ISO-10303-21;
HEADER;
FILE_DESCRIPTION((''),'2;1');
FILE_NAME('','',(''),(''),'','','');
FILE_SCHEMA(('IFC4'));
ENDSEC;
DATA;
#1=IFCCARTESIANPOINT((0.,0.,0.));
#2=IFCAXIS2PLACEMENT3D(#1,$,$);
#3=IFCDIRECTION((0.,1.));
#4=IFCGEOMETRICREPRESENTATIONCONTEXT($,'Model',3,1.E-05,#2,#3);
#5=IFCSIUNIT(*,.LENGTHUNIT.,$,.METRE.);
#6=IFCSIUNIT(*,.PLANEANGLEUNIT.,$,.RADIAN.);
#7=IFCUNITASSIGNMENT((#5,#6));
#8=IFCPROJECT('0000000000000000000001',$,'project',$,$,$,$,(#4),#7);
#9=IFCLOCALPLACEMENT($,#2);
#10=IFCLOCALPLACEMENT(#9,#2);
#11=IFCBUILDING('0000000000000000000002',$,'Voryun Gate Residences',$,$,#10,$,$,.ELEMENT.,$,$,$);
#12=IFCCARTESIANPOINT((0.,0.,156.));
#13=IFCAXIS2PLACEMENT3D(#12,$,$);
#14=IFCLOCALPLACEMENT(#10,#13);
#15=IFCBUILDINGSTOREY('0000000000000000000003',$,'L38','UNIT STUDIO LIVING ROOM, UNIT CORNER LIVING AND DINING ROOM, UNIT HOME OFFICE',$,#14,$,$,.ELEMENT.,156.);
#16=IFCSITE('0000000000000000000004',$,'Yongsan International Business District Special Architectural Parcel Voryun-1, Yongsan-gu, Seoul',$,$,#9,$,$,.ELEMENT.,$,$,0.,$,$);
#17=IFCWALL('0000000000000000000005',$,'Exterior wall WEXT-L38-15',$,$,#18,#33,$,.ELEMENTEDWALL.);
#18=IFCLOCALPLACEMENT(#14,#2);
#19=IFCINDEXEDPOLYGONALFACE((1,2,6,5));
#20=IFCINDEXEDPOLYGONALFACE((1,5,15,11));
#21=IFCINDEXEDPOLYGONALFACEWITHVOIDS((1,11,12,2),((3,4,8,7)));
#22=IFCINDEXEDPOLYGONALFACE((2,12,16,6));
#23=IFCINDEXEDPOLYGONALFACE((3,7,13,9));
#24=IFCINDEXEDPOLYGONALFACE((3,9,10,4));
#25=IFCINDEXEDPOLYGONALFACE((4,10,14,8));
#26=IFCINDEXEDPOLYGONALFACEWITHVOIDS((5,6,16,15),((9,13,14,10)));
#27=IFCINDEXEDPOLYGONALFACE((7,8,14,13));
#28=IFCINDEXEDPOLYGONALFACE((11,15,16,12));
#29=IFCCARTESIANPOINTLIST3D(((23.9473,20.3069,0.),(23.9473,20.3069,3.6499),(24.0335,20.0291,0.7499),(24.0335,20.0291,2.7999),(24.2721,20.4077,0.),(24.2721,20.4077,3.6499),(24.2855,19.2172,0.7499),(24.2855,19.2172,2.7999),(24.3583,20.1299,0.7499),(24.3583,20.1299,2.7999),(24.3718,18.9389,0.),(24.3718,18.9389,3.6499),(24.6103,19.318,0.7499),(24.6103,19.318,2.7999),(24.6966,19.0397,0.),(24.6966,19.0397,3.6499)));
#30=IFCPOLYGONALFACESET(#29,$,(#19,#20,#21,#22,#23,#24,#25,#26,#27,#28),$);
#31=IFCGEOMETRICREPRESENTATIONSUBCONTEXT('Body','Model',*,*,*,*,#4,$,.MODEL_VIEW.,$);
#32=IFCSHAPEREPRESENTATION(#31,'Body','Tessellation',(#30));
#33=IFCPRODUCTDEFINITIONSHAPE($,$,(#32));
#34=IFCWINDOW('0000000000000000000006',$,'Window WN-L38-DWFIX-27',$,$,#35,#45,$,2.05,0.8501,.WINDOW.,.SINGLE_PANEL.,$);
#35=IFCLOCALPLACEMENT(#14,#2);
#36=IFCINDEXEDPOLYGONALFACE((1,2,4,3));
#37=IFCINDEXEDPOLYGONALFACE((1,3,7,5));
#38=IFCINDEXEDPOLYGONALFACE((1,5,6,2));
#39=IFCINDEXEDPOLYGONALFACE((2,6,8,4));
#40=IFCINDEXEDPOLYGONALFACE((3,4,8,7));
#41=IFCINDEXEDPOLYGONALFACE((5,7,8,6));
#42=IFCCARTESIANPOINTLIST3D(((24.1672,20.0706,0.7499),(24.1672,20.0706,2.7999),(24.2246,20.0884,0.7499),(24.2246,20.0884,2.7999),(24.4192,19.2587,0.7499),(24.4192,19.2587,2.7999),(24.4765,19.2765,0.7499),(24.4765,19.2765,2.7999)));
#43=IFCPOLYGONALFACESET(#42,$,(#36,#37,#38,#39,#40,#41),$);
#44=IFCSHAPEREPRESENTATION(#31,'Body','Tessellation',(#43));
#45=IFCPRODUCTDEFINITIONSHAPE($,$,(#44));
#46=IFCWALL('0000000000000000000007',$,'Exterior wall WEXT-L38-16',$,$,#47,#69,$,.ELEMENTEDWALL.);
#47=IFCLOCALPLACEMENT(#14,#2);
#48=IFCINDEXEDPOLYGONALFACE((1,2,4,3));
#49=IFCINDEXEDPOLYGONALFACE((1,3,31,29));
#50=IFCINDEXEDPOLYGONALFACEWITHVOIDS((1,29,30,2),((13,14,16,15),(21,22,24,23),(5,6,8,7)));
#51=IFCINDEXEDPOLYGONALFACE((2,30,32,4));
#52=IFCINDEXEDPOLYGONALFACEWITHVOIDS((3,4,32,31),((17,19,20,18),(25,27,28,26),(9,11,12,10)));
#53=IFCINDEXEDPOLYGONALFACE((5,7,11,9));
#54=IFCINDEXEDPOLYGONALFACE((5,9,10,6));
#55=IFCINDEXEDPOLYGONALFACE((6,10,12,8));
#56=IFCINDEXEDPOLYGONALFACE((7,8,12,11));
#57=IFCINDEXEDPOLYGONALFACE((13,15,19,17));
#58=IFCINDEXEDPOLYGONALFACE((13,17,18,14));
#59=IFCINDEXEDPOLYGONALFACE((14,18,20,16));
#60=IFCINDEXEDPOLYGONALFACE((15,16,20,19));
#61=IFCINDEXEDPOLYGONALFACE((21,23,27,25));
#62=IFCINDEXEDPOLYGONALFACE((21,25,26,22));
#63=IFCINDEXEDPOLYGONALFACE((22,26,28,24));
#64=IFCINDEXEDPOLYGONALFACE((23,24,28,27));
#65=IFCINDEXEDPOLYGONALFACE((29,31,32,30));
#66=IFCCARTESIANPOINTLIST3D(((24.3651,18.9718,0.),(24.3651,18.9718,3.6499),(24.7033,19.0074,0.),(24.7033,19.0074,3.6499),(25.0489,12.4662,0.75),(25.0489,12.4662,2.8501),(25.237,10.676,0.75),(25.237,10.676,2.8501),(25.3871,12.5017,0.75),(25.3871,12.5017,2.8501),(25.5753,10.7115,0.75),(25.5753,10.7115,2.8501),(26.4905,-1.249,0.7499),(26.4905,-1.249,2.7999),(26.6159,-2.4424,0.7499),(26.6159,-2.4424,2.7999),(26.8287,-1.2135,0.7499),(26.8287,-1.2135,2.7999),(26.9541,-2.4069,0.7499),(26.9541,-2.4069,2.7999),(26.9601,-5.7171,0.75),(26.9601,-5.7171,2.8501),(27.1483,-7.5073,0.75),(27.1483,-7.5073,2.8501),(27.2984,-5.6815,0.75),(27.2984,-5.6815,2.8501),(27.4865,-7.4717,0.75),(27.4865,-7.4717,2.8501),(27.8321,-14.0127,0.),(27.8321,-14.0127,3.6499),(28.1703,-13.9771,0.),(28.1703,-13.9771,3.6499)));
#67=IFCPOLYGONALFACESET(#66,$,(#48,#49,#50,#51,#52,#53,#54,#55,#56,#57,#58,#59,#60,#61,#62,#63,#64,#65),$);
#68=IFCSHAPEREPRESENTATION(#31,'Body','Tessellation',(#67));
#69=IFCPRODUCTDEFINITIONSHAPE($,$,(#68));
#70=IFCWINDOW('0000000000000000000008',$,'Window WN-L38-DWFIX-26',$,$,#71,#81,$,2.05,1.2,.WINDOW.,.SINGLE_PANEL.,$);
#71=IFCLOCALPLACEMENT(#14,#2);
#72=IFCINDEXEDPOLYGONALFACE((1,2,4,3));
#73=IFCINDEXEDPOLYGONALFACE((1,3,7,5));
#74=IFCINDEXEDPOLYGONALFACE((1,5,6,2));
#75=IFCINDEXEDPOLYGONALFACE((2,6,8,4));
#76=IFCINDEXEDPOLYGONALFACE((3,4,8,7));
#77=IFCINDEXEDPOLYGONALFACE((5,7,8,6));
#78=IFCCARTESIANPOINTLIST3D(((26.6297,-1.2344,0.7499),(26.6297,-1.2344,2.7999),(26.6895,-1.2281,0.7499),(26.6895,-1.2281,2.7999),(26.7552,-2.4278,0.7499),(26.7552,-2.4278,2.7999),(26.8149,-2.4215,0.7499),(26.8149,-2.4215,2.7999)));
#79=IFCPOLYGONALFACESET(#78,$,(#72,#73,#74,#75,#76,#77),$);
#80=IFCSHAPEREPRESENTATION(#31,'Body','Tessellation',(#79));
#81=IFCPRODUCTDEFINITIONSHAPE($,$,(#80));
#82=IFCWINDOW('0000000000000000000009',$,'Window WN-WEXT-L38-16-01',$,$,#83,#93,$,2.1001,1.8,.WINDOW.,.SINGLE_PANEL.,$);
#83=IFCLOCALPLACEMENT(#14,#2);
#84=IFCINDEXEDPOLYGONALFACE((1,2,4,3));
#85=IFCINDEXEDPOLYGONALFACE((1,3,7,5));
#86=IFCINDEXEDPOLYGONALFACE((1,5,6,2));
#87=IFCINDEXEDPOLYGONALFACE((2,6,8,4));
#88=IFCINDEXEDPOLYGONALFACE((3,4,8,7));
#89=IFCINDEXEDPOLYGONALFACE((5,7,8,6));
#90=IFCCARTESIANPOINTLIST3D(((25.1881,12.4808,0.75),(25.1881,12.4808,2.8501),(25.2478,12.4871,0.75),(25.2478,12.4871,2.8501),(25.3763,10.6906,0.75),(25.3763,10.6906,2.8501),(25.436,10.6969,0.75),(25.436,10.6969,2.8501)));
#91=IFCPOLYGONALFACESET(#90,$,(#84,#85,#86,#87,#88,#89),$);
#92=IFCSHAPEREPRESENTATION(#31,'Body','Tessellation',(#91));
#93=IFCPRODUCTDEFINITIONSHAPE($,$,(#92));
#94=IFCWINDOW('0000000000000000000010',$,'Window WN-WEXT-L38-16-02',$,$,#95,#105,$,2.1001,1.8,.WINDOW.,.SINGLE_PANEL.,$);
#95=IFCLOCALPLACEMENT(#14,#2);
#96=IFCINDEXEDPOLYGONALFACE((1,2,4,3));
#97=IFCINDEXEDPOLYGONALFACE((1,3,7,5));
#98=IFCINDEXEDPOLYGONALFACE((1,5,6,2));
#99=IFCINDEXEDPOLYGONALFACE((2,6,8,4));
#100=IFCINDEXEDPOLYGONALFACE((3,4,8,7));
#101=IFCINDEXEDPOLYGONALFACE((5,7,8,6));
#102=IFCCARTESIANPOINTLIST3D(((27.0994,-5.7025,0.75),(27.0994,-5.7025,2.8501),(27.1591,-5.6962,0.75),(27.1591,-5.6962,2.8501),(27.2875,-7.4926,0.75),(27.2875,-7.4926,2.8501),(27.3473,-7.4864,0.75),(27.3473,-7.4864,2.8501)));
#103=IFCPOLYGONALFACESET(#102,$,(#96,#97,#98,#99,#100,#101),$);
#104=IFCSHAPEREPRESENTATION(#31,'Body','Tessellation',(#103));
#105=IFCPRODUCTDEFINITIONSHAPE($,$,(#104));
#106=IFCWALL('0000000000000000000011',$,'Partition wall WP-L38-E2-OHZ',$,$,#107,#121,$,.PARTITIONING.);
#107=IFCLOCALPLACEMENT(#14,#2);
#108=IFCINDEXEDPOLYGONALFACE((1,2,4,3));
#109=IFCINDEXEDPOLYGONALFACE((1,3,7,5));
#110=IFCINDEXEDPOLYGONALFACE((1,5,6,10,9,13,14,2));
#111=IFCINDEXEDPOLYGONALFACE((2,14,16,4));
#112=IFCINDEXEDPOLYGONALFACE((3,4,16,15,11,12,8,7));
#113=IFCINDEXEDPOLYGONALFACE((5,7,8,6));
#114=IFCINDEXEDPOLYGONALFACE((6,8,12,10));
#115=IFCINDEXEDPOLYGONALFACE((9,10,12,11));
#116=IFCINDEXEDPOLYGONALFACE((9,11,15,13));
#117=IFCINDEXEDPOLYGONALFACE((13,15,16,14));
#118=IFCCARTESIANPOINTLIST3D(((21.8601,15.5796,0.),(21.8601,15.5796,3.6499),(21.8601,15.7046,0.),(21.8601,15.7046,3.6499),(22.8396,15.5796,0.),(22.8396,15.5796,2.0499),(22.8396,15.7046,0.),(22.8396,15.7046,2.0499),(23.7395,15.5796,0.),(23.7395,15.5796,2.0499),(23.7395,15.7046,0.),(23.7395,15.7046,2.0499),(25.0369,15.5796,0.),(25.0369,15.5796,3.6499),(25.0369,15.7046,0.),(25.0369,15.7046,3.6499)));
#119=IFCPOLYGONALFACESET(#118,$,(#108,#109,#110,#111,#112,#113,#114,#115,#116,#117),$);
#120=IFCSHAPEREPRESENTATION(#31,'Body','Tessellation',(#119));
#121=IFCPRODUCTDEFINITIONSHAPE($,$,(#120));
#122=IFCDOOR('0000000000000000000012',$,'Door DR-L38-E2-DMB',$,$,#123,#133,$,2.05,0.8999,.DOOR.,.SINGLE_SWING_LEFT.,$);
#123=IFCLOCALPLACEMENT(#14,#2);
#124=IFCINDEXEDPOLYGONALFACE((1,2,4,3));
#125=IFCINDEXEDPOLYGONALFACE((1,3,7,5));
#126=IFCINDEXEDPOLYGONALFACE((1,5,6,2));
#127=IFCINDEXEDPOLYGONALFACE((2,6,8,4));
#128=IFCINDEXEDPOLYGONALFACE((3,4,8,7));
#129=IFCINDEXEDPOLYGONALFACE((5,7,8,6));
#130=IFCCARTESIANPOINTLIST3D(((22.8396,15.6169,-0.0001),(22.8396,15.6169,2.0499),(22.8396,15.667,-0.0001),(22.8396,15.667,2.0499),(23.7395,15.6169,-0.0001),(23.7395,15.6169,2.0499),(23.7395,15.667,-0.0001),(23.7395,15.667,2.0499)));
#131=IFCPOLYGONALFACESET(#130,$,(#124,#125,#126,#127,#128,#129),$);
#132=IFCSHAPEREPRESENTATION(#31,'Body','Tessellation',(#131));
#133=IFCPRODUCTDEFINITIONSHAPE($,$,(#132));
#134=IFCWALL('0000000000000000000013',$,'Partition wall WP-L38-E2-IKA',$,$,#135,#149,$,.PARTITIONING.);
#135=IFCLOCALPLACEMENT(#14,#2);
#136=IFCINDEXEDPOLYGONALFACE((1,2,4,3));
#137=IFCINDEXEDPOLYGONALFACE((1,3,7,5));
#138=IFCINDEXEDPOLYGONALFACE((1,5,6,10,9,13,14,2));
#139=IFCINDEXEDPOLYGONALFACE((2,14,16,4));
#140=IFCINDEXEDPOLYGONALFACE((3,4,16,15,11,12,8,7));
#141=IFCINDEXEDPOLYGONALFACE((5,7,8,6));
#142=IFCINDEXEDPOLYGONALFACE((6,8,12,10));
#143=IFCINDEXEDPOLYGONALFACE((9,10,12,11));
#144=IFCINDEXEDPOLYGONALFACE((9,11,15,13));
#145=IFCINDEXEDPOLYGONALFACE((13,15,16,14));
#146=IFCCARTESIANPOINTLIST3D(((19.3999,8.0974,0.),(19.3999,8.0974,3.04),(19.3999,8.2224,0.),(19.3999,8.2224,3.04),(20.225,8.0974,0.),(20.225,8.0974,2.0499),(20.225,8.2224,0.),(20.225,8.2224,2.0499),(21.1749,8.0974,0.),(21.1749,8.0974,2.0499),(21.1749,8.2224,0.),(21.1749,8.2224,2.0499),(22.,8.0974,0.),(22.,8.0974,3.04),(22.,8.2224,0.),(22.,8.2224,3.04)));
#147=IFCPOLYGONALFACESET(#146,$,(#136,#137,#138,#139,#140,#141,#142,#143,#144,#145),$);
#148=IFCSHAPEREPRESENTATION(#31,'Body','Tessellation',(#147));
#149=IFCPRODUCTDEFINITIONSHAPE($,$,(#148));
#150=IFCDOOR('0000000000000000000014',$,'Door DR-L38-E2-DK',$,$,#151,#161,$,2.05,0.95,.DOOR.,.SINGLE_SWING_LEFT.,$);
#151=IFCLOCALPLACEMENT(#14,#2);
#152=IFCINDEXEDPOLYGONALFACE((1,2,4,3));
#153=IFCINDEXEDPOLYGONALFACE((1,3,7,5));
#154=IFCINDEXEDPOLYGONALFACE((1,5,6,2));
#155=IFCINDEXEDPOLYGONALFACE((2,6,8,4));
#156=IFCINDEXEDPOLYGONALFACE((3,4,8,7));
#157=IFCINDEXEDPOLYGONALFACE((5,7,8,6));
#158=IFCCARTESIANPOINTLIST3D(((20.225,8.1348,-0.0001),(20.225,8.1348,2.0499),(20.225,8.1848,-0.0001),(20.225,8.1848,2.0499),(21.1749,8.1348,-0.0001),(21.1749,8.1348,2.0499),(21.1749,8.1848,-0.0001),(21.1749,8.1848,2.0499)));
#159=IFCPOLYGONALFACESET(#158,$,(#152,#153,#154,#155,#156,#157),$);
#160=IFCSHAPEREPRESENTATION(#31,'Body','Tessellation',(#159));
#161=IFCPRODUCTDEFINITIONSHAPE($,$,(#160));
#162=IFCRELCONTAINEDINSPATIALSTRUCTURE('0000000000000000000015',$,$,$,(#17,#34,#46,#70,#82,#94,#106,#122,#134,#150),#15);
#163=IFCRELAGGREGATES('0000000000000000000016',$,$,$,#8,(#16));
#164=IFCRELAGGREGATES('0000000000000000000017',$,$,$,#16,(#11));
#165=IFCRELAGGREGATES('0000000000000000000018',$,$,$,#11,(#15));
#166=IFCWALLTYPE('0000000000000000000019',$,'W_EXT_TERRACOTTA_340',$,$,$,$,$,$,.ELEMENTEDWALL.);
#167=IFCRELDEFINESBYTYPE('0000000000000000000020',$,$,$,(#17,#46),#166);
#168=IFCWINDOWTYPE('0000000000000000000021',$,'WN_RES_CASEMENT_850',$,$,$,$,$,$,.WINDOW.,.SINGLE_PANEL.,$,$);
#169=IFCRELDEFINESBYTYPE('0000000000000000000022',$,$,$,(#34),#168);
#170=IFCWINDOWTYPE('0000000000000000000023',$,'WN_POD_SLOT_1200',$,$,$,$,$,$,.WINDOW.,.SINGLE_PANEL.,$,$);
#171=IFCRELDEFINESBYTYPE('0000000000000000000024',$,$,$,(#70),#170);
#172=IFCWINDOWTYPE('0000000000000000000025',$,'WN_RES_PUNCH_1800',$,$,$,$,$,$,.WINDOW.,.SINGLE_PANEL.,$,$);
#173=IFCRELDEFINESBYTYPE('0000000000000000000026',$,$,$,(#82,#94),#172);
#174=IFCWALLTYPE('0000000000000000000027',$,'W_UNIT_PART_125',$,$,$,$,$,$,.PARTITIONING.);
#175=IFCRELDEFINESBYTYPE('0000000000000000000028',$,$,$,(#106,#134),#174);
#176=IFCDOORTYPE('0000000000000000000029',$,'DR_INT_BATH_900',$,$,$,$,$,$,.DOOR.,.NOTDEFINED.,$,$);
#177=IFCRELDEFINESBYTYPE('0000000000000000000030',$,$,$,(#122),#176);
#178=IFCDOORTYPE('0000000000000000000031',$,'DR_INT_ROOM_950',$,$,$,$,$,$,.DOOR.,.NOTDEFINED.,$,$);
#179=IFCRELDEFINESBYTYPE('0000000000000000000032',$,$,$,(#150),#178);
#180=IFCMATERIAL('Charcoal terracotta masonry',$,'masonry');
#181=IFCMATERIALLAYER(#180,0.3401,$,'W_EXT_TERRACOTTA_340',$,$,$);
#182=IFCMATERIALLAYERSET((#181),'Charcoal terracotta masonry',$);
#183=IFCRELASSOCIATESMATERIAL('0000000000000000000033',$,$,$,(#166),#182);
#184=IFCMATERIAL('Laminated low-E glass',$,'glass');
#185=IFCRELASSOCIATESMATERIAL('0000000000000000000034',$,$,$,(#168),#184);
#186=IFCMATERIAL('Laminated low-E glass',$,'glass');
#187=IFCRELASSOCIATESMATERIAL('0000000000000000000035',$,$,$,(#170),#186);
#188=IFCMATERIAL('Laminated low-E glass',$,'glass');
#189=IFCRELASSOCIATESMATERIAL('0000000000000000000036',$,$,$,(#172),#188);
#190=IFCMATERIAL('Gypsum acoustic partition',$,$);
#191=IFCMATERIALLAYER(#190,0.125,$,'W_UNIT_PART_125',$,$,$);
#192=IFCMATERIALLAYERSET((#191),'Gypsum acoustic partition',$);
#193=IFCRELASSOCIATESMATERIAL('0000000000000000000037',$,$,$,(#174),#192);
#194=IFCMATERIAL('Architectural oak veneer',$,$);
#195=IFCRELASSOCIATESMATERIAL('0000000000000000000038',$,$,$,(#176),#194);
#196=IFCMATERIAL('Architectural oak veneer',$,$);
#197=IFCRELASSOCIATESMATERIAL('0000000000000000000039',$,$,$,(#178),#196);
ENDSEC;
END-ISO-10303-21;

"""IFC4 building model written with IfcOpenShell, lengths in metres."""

from ifc_helpers import new_model, si_unit, direction, frame, frame_2d, origin, place, context, subcontext, project, spatial, rectangle, extrude, material, layer, layer_set, type_object, element, fill, save


model = new_model("IFC4")

# Units and contexts
model_context = context("Model", 3, precision=1e-05, world=origin(), true_north=direction((0.0, 1.0)))
body_context = subcontext(model_context, "Body", "Model", "MODEL_VIEW")
ifc_project = project(units=[si_unit("LENGTHUNIT", "METRE"), si_unit("PLANEANGLEUNIT", "RADIAN")], contexts=[model_context])

# Site, building, storey
site_placement = place(None, origin())
site = spatial("IfcSite", under=ifc_project, at=site_placement, Name="Yongsan International Business District Special Architectural Parcel Voryun-1, Yongsan-gu, Seoul", CompositionType="ELEMENT", RefElevation=0.0)
building_placement = place(site_placement, origin())
building = spatial("IfcBuilding", under=site, at=building_placement, Name="Voryun Gate Residences", CompositionType="ELEMENT")
storey_placement = place(building_placement, frame((0.0, 0.0, 156.0)))
storey = spatial("IfcBuildingStorey", under=building, at=storey_placement, Name="L38", Description="UNIT STUDIO LIVING ROOM, UNIT CORNER LIVING AND DINING ROOM, UNIT HOME OFFICE", CompositionType="ELEMENT", Elevation=156.0)

# Shared definitions
ifc_material_1 = material(Name="Charcoal terracotta masonry", Category="masonry")
ifc_layer_1 = layer(ifc_material_1, 0.3401, Name="W_EXT_TERRACOTTA_340")
ifc_layer_set_1 = layer_set([ifc_layer_1], Name="Charcoal terracotta masonry")
wall_type_1 = type_object("IfcWallType", Name="W_EXT_TERRACOTTA_340", PredefinedType="ELEMENTEDWALL", material=ifc_layer_set_1)

# Wall, opening, window
wall_1_placement = place(storey_placement, frame((24.1096, 20.3574, 0.0), z_axis=(0.0, 0.0, 1.0), x_axis=(0.296421, -0.955057, 0.0)))
wall_1 = element("IfcWall", 1, at=wall_1_placement, inside=storey, type_object=wall_type_1, Name="Exterior wall WEXT-L38-15", PredefinedType="ELEMENTEDWALL", context=body_context, shape_type="SweptSolid", body=[
    extrude(rectangle(XDim=1.4324, YDim=0.3401, at=frame_2d((0.7163, 0.0))), origin(), (0.0, 0.0, 1.0), 3.6499),
])
opening_1_placement = place(wall_1_placement, frame((0.291, 0.0, 0.75)))
opening_1 = element("IfcOpeningElement", 2, at=opening_1_placement, cuts=wall_1, PredefinedType="OPENING", context=body_context, shape_type="SweptSolid", body=[
    extrude(rectangle(XDim=0.8501, YDim=2.05, at=frame_2d((0.425, 1.0249))), frame((0.0, 0.1799, 0.0), z_axis=(0.0, -1.0, 0.0), x_axis=(1.0, 0.0, 0.0)), (0.0, 0.0, 1.0), 0.3601),
])
ifc_material_2 = material(Name="Laminated low-E glass", Category="glass")
window_type_1 = type_object("IfcWindowType", Name="WN_RES_CASEMENT_850", PartitioningType="SINGLE_PANEL", PredefinedType="WINDOW", material=ifc_material_2)
window_1_placement = place(opening_1_placement, origin())
window_1 = element("IfcWindow", 3, at=window_1_placement, inside=storey, type_object=window_type_1, Name="Window WN-L38-DWFIX-27", OverallHeight=2.05, OverallWidth=0.8501, PartitioningType="SINGLE_PANEL", PredefinedType="WINDOW", context=body_context, shape_type="SweptSolid", body=[
    extrude(rectangle(XDim=0.8501, YDim=2.05, at=frame_2d((0.425, 1.0249))), frame((0.0, 0.03, 0.0), z_axis=(0.0, -1.0, 0.0), x_axis=(1.0, 0.0, 0.0)), (0.0, 0.0, 1.0), 0.0601),
])
fill(opening_1, window_1)

# Wall, openings, windows
wall_2_placement = place(storey_placement, frame((24.5342, 18.9895, 0.0), z_axis=(0.0, 0.0, 1.0), x_axis=(0.104535, -0.994521, 0.0)))
wall_2 = element("IfcWall", 4, at=wall_2_placement, inside=storey, type_object=wall_type_1, Name="Exterior wall WEXT-L38-16", PredefinedType="ELEMENTEDWALL", context=body_context, shape_type="SweptSolid", body=[
    extrude(rectangle(XDim=33.1663, YDim=0.3401, at=frame_2d((16.583, 0.0))), origin(), (0.0, 0.0, 1.0), 3.6499),
])
opening_2_placement = place(wall_2_placement, frame((6.5415, 0.0, 0.75)))
opening_2 = element("IfcOpeningElement", 5, at=opening_2_placement, cuts=wall_2, PredefinedType="OPENING", context=body_context, shape_type="SweptSolid", body=[
    extrude(rectangle(XDim=1.8, YDim=2.1001, at=frame_2d((0.8999, 1.05))), frame((0.0, 0.1799, 0.0), z_axis=(0.0, -1.0, 0.0), x_axis=(1.0, 0.0, 0.0)), (0.0, 0.0, 1.0), 0.3601),
])
opening_3_placement = place(wall_2_placement, frame((24.825, 0.0, 0.75)))
opening_3 = element("IfcOpeningElement", 6, at=opening_3_placement, cuts=wall_2, PredefinedType="OPENING", context=body_context, shape_type="SweptSolid", body=[
    extrude(rectangle(XDim=1.8, YDim=2.1001, at=frame_2d((0.8999, 1.05))), frame((0.0, 0.1799, 0.0), z_axis=(0.0, -1.0, 0.0), x_axis=(1.0, 0.0, 0.0)), (0.0, 0.0, 1.0), 0.3601),
])
opening_4_placement = place(wall_2_placement, frame((20.332, 0.0, 0.75)))
opening_4 = element("IfcOpeningElement", 7, at=opening_4_placement, cuts=wall_2, PredefinedType="OPENING", context=body_context, shape_type="SweptSolid", body=[
    extrude(rectangle(XDim=1.2, YDim=2.05, at=frame_2d((0.6001, 1.0249))), frame((0.0, 0.1799, 0.0), z_axis=(0.0, -1.0, 0.0), x_axis=(1.0, 0.0, 0.0)), (0.0, 0.0, 1.0), 0.3601),
])
ifc_material_3 = material(Name="Laminated low-E glass", Category="glass")
window_type_2 = type_object("IfcWindowType", Name="WN_POD_SLOT_1200", PartitioningType="SINGLE_PANEL", PredefinedType="WINDOW", material=ifc_material_3)
window_2_placement = place(opening_4_placement, origin())
window_2 = element("IfcWindow", 8, at=window_2_placement, inside=storey, type_object=window_type_2, Name="Window WN-L38-DWFIX-26", OverallHeight=2.05, OverallWidth=1.2, PartitioningType="SINGLE_PANEL", PredefinedType="WINDOW", context=body_context, shape_type="SweptSolid", body=[
    extrude(rectangle(XDim=1.2, YDim=2.05, at=frame_2d((0.6001, 1.0249))), frame((0.0, 0.03, 0.0), z_axis=(0.0, -1.0, 0.0), x_axis=(1.0, 0.0, 0.0)), (0.0, 0.0, 1.0), 0.0601),
])
fill(opening_4, window_2)
ifc_material_4 = material(Name="Laminated low-E glass", Category="glass")
window_type_3 = type_object("IfcWindowType", Name="WN_RES_PUNCH_1800", PartitioningType="SINGLE_PANEL", PredefinedType="WINDOW", material=ifc_material_4)
window_3_placement = place(opening_2_placement, origin())
window_3 = element("IfcWindow", 9, at=window_3_placement, inside=storey, type_object=window_type_3, Name="Window WN-WEXT-L38-16-01", OverallHeight=2.1001, OverallWidth=1.8, PartitioningType="SINGLE_PANEL", PredefinedType="WINDOW", context=body_context, shape_type="SweptSolid", body=[
    extrude(rectangle(XDim=1.8, YDim=2.1001, at=frame_2d((0.8999, 1.05))), frame((0.0, 0.03, 0.0), z_axis=(0.0, -1.0, 0.0), x_axis=(1.0, 0.0, 0.0)), (0.0, 0.0, 1.0), 0.0601),
])
fill(opening_2, window_3)
window_4_placement = place(opening_3_placement, origin())
window_4 = element("IfcWindow", 10, at=window_4_placement, inside=storey, type_object=window_type_3, Name="Window WN-WEXT-L38-16-02", OverallHeight=2.1001, OverallWidth=1.8, PartitioningType="SINGLE_PANEL", PredefinedType="WINDOW", context=body_context, shape_type="SweptSolid", body=[
    extrude(rectangle(XDim=1.8, YDim=2.1001, at=frame_2d((0.8999, 1.05))), frame((0.0, 0.03, 0.0), z_axis=(0.0, -1.0, 0.0), x_axis=(1.0, 0.0, 0.0)), (0.0, 0.0, 1.0), 0.0601),
])
fill(opening_3, window_4)

# Walls, openings, doors
ifc_material_5 = material(Name="Gypsum acoustic partition")
ifc_layer_2 = layer(ifc_material_5, 0.125, Name="W_UNIT_PART_125")
ifc_layer_set_2 = layer_set([ifc_layer_2], Name="Gypsum acoustic partition")
wall_type_2 = type_object("IfcWallType", Name="W_UNIT_PART_125", PredefinedType="PARTITIONING", material=ifc_layer_set_2)
wall_3_placement = place(storey_placement, frame((21.8601, 15.6421, 0.0), z_axis=(0.0, 0.0, 1.0), x_axis=(1.0, 0.0, 0.0)))
wall_3 = element("IfcWall", 11, at=wall_3_placement, inside=storey, type_object=wall_type_2, Name="Partition wall WP-L38-E2-OHZ", PredefinedType="PARTITIONING", context=body_context, shape_type="SweptSolid", body=[
    extrude(rectangle(XDim=3.1768, YDim=0.125, at=frame_2d((1.5884, 0.0))), origin(), (0.0, 0.0, 1.0), 3.6499),
])
opening_5_placement = place(wall_3_placement, frame((0.9795, 0.0, 0.0)))
opening_5 = element("IfcOpeningElement", 12, at=opening_5_placement, cuts=wall_3, PredefinedType="OPENING", context=body_context, shape_type="SweptSolid", body=[
    extrude(rectangle(XDim=0.8999, YDim=2.05, at=frame_2d((0.45, 1.0249))), frame((0.0, 0.0725, 0.0), z_axis=(0.0, -1.0, 0.0), x_axis=(1.0, 0.0, 0.0)), (0.0, 0.0, 1.0), 0.145),
])
ifc_material_6 = material(Name="Architectural oak veneer")
door_type_1 = type_object("IfcDoorType", Name="DR_INT_BATH_900", OperationType="NOTDEFINED", PredefinedType="DOOR", material=ifc_material_6)
door_1_placement = place(opening_5_placement, origin())
door_1 = element("IfcDoor", 13, at=door_1_placement, inside=storey, type_object=door_type_1, Name="Door DR-L38-E2-DMB", OperationType="SINGLE_SWING_LEFT", OverallHeight=2.05, OverallWidth=0.8999, PredefinedType="DOOR", context=body_context, shape_type="SweptSolid", body=[
    extrude(rectangle(XDim=0.8999, YDim=2.05, at=frame_2d((0.45, 1.0249))), frame((0.0, 0.0249, 0.0), z_axis=(0.0, -1.0, 0.0), x_axis=(1.0, 0.0, 0.0)), (0.0, 0.0, 1.0), 0.05),
])
fill(opening_5, door_1)
wall_4_placement = place(storey_placement, frame((19.3999, 8.1599, 0.0), z_axis=(0.0, 0.0, 1.0), x_axis=(1.0, 0.0, 0.0)))
wall_4 = element("IfcWall", 14, at=wall_4_placement, inside=storey, type_object=wall_type_2, Name="Partition wall WP-L38-E2-IKA", PredefinedType="PARTITIONING", context=body_context, shape_type="SweptSolid", body=[
    extrude(rectangle(XDim=2.6001, YDim=0.125, at=frame_2d((1.3, 0.0))), origin(), (0.0, 0.0, 1.0), 3.04),
])
opening_6_placement = place(wall_4_placement, frame((0.825, 0.0, 0.0)))
opening_6 = element("IfcOpeningElement", 15, at=opening_6_placement, cuts=wall_4, PredefinedType="OPENING", context=body_context, shape_type="SweptSolid", body=[
    extrude(rectangle(XDim=0.95, YDim=2.05, at=frame_2d((0.4751, 1.0249))), frame((0.0, 0.0725, 0.0), z_axis=(0.0, -1.0, 0.0), x_axis=(1.0, 0.0, 0.0)), (0.0, 0.0, 1.0), 0.145),
])
ifc_material_7 = material(Name="Architectural oak veneer")
door_type_2 = type_object("IfcDoorType", Name="DR_INT_ROOM_950", OperationType="NOTDEFINED", PredefinedType="DOOR", material=ifc_material_7)
door_2_placement = place(opening_6_placement, origin())
door_2 = element("IfcDoor", 16, at=door_2_placement, inside=storey, type_object=door_type_2, Name="Door DR-L38-E2-DK", OperationType="SINGLE_SWING_LEFT", OverallHeight=2.05, OverallWidth=0.95, PredefinedType="DOOR", context=body_context, shape_type="SweptSolid", body=[
    extrude(rectangle(XDim=0.95, YDim=2.05, at=frame_2d((0.4751, 1.0249))), frame((0.0, 0.0249, 0.0), z_axis=(0.0, -1.0, 0.0), x_axis=(1.0, 0.0, 0.0)), (0.0, 0.0, 1.0), 0.05),
])
fill(opening_6, door_2)

save(model, "model.ifc")
